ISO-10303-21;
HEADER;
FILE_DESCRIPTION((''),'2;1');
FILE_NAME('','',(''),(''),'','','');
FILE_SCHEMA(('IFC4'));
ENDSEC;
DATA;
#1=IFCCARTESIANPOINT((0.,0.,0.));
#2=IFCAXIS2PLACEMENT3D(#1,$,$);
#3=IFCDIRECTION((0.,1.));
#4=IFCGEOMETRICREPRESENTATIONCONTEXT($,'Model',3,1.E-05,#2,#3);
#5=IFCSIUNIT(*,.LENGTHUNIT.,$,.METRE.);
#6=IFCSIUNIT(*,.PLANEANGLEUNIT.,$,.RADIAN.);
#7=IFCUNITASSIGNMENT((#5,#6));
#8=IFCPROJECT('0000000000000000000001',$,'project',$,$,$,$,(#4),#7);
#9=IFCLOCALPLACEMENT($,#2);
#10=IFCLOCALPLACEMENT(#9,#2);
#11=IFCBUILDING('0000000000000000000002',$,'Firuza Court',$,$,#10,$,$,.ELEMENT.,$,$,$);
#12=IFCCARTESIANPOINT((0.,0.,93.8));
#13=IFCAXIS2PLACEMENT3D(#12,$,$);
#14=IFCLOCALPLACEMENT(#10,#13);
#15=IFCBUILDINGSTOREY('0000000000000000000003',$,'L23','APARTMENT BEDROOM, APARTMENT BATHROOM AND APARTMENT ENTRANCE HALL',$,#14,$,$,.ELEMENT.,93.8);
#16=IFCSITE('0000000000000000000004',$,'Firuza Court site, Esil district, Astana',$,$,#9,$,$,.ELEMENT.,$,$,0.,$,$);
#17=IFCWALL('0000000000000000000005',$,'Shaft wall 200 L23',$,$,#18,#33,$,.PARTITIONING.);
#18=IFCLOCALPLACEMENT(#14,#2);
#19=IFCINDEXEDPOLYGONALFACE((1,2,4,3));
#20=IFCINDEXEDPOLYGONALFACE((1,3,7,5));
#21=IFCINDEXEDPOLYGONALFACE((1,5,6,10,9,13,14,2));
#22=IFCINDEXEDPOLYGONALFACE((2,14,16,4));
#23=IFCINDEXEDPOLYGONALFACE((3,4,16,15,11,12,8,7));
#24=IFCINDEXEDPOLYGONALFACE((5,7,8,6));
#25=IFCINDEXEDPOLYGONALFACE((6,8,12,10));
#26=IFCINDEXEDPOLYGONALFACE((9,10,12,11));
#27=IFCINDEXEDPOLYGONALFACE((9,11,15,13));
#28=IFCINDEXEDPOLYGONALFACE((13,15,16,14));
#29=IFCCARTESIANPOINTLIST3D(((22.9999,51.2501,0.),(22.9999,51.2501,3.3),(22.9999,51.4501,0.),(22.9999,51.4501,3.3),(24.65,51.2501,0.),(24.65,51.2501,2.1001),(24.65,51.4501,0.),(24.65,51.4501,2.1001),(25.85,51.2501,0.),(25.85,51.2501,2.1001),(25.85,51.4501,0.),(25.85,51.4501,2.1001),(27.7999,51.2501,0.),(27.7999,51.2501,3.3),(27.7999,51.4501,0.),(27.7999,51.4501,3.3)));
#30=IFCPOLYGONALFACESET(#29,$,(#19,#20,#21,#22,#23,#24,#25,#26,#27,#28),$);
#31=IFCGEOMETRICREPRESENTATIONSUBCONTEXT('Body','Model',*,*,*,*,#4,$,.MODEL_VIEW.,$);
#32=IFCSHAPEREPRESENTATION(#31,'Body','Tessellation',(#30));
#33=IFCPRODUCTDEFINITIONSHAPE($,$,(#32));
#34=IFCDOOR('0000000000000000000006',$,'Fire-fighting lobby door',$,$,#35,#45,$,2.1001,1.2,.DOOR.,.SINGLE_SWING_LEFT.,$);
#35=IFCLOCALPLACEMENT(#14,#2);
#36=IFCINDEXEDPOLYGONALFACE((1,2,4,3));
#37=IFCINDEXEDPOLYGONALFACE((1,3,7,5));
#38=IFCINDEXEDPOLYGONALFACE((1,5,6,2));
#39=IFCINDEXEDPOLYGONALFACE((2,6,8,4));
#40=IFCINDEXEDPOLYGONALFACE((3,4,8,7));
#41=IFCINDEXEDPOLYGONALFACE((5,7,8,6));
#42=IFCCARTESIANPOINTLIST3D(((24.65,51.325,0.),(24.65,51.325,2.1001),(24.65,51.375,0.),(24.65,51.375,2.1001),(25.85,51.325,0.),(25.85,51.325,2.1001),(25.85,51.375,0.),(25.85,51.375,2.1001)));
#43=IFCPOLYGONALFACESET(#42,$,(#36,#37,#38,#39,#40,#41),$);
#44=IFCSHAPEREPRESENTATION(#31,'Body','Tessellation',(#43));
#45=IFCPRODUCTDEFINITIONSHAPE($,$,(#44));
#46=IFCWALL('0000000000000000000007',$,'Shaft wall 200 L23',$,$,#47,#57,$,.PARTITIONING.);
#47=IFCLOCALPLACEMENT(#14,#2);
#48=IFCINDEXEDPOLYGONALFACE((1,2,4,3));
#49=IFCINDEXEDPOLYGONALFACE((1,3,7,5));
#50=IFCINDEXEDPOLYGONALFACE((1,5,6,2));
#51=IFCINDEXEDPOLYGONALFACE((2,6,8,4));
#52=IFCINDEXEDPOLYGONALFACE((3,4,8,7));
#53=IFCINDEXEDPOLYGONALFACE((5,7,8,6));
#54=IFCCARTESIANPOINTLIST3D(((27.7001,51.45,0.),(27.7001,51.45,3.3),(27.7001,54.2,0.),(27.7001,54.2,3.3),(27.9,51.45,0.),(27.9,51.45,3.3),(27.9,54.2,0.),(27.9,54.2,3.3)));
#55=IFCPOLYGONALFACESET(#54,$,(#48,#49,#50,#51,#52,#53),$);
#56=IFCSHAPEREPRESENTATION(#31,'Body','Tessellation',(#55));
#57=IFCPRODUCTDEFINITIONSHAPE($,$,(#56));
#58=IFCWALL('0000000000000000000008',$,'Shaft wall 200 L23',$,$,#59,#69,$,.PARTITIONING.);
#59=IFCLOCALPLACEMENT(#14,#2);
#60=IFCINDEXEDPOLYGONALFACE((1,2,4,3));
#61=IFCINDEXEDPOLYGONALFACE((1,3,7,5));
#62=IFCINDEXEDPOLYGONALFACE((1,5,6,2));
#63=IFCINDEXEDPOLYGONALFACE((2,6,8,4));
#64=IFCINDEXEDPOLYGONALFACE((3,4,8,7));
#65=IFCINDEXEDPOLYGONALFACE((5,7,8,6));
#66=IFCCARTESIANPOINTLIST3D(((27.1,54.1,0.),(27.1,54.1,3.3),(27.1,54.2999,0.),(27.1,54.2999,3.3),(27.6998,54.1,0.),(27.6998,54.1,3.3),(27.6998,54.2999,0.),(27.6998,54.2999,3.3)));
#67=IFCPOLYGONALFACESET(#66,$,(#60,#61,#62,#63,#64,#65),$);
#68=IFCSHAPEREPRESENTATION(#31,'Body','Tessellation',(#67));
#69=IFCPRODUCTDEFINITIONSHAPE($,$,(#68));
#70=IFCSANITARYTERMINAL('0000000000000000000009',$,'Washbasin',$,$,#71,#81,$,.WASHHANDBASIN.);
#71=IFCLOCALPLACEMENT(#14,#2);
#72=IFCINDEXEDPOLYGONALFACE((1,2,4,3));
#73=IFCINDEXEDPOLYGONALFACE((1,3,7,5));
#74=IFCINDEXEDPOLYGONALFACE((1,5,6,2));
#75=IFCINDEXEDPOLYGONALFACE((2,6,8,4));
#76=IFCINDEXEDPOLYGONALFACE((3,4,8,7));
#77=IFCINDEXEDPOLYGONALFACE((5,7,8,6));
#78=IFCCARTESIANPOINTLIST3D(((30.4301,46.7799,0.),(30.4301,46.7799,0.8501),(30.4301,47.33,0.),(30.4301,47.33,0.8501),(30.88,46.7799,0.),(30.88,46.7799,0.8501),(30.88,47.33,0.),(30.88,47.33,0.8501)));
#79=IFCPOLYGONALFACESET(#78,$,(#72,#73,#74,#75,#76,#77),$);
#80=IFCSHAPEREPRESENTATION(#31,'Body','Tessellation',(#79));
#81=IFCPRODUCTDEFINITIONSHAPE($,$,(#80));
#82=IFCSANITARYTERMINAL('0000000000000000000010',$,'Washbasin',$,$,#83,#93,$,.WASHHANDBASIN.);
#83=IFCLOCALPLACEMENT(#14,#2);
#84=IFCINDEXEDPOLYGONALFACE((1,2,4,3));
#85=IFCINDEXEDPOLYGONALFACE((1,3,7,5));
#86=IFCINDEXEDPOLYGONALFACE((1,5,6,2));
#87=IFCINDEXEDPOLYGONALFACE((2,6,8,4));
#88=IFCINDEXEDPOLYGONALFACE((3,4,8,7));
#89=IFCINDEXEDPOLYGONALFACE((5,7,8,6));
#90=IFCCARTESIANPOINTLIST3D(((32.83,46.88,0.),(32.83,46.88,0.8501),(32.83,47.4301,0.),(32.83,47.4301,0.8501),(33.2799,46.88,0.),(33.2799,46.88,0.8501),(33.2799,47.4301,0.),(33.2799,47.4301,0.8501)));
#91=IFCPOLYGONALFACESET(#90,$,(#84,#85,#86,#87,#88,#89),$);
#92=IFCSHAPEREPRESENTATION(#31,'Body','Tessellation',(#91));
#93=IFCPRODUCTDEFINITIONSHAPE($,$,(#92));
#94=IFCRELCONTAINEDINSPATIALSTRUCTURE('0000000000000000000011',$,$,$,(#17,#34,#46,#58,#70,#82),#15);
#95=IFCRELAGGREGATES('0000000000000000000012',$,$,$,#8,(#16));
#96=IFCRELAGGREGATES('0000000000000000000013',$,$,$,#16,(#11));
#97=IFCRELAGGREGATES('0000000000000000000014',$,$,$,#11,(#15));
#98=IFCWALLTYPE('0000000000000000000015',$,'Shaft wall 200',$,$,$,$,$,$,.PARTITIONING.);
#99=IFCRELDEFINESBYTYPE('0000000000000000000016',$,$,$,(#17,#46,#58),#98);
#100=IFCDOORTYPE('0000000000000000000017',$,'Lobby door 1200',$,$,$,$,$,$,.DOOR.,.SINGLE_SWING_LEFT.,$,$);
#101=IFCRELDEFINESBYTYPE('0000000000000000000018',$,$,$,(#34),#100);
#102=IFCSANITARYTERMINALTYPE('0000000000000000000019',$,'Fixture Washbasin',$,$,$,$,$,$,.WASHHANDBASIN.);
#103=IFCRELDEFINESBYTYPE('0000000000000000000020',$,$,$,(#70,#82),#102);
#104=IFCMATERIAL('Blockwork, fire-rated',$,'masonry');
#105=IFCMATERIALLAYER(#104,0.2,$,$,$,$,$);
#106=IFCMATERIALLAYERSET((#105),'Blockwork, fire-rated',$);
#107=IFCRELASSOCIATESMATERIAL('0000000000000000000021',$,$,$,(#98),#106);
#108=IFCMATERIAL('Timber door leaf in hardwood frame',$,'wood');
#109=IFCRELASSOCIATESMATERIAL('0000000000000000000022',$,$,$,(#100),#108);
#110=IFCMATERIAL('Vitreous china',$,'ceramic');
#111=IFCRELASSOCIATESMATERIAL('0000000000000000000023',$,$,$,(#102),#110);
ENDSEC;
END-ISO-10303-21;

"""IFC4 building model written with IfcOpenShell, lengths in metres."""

from ifc_helpers import new_model, si_unit, direction, frame, frame_2d, origin, origin_2d, place, context, subcontext, project, spatial, rectangle, extrude, material, layer, layer_set, type_object, element, fill, save


model = new_model("IFC4")

# Units and contexts
model_context = context("Model", 3, precision=1e-05, world=origin(), true_north=direction((0.0, 1.0)))
body_context = subcontext(model_context, "Body", "Model", "MODEL_VIEW")
ifc_project = project(units=[si_unit("LENGTHUNIT", "METRE"), si_unit("PLANEANGLEUNIT", "RADIAN")], contexts=[model_context])

# Site, building, storey
site_placement = place(None, origin())
site = spatial("IfcSite", under=ifc_project, at=site_placement, Name="Firuza Court site, Esil district, Astana", CompositionType="ELEMENT", RefElevation=0.0)
building_placement = place(site_placement, origin())
building = spatial("IfcBuilding", under=site, at=building_placement, Name="Firuza Court", CompositionType="ELEMENT")
storey_placement = place(building_placement, frame((0.0, 0.0, 93.8)))
storey = spatial("IfcBuildingStorey", under=building, at=storey_placement, Name="L23", Description="APARTMENT BEDROOM, APARTMENT BATHROOM AND APARTMENT ENTRANCE HALL", CompositionType="ELEMENT", Elevation=93.8)

# Shared definitions
ifc_material_1 = material(Name="Blockwork, fire-rated", Category="masonry")

# Shared definitions
ifc_layer_1 = layer(ifc_material_1, 0.2)
ifc_layer_set_1 = layer_set([ifc_layer_1], Name="Blockwork, fire-rated")
wall_type_1 = type_object("IfcWallType", Name="Shaft wall 200", PredefinedType="PARTITIONING", material=ifc_layer_set_1)

# Wall, opening, door
wall_1_placement = place(storey_placement, frame((23.0, 51.3501, 0.0), z_axis=(0.0, 0.0, 1.0), x_axis=(1.0, 0.0, 0.0)))
wall_1 = element("IfcWall", 1, at=wall_1_placement, inside=storey, type_object=wall_type_1, Name="Shaft wall 200 L23", PredefinedType="PARTITIONING", context=body_context, shape_type="SweptSolid", body=[
    extrude(rectangle(XDim=4.8, YDim=0.2, at=frame_2d((2.3999, 0.0))), origin(), (0.0, 0.0, 1.0), 3.3),
])
opening_1_placement = place(wall_1_placement, frame((1.6499, 0.0, 0.0)))
opening_1 = element("IfcOpeningElement", 2, at=opening_1_placement, cuts=wall_1, PredefinedType="OPENING", context=body_context, shape_type="SweptSolid", body=[
    extrude(rectangle(XDim=1.2, YDim=2.1001, at=frame_2d((0.6001, 1.05))), frame((0.0, 0.1118, 0.0), z_axis=(0.0, -1.0, 0.0), x_axis=(1.0, 0.0, 0.0)), (0.0, 0.0, 1.0), 0.2239),
])
ifc_material_2 = material(Name="Timber door leaf in hardwood frame", Category="wood")
door_type_1 = type_object("IfcDoorType", Name="Lobby door 1200", OperationType="SINGLE_SWING_LEFT", PredefinedType="DOOR", material=ifc_material_2)
door_1_placement = place(opening_1_placement, origin())
door_1 = element("IfcDoor", 3, at=door_1_placement, inside=storey, type_object=door_type_1, Name="Fire-fighting lobby door", OperationType="SINGLE_SWING_LEFT", OverallHeight=2.1001, OverallWidth=1.2, PredefinedType="DOOR", context=body_context, shape_type="SweptSolid", body=[
    extrude(rectangle(XDim=1.2, YDim=2.1001, at=frame_2d((0.6001, 1.05))), frame((0.0, 0.0249, 0.0), z_axis=(0.0, -1.0, 0.0), x_axis=(1.0, 0.0, 0.0)), (0.0, 0.0, 1.0), 0.05),
])
fill(opening_1, door_1)

# Walls
wall_2_placement = place(storey_placement, frame((27.8, 51.45, 0.0), z_axis=(0.0, 0.0, 1.0), x_axis=(0.0, 1.0, 0.0)))
element("IfcWall", 4, at=wall_2_placement, inside=storey, type_object=wall_type_1, Name="Shaft wall 200 L23", PredefinedType="PARTITIONING", context=body_context, shape_type="SweptSolid", body=[
    extrude(rectangle(XDim=2.75, YDim=0.2, at=frame_2d((1.375, 0.0))), origin(), (0.0, 0.0, 1.0), 3.3),
])
wall_3_placement = place(storey_placement, frame((27.1001, 54.2, 0.0), z_axis=(0.0, 0.0, 1.0), x_axis=(1.0, 0.0, 0.0)))
element("IfcWall", 5, at=wall_3_placement, inside=storey, type_object=wall_type_1, Name="Shaft wall 200 L23", PredefinedType="PARTITIONING", context=body_context, shape_type="SweptSolid", body=[
    extrude(rectangle(XDim=0.5999, YDim=0.2, at=frame_2d((0.2998, 0.0))), origin(), (0.0, 0.0, 1.0), 3.3),
])

# Sanitary terminals
ifc_material_3 = material(Name="Vitreous china", Category="ceramic")
sanitary_terminal_type = type_object("IfcSanitaryTerminalType", Name="Fixture Washbasin", PredefinedType="WASHHANDBASIN", material=ifc_material_3)
for number, where, z_axis, x_axis, name in (
    (6, (30.655, 47.0549, 0.0), (0.0, 0.0, 1.0), (1.0, 0.0, 0.0), "Washbasin"),
    (7, (33.0549, 47.155, 0.0), (0.0, 0.0, 1.0), (1.0, 0.0, 0.0), "Washbasin"),
):
    element("IfcSanitaryTerminal", number, at=place(storey_placement, frame(where, z_axis=z_axis, x_axis=x_axis)), inside=storey, type_object=sanitary_terminal_type, Name=name, PredefinedType="WASHHANDBASIN", context=body_context, shape_type="SweptSolid", body=[
        extrude(rectangle(XDim=0.45, YDim=0.55, at=origin_2d()), origin(), (0.0, 0.0, 1.0), 0.8501),
    ])

save(model, "model.ifc")
